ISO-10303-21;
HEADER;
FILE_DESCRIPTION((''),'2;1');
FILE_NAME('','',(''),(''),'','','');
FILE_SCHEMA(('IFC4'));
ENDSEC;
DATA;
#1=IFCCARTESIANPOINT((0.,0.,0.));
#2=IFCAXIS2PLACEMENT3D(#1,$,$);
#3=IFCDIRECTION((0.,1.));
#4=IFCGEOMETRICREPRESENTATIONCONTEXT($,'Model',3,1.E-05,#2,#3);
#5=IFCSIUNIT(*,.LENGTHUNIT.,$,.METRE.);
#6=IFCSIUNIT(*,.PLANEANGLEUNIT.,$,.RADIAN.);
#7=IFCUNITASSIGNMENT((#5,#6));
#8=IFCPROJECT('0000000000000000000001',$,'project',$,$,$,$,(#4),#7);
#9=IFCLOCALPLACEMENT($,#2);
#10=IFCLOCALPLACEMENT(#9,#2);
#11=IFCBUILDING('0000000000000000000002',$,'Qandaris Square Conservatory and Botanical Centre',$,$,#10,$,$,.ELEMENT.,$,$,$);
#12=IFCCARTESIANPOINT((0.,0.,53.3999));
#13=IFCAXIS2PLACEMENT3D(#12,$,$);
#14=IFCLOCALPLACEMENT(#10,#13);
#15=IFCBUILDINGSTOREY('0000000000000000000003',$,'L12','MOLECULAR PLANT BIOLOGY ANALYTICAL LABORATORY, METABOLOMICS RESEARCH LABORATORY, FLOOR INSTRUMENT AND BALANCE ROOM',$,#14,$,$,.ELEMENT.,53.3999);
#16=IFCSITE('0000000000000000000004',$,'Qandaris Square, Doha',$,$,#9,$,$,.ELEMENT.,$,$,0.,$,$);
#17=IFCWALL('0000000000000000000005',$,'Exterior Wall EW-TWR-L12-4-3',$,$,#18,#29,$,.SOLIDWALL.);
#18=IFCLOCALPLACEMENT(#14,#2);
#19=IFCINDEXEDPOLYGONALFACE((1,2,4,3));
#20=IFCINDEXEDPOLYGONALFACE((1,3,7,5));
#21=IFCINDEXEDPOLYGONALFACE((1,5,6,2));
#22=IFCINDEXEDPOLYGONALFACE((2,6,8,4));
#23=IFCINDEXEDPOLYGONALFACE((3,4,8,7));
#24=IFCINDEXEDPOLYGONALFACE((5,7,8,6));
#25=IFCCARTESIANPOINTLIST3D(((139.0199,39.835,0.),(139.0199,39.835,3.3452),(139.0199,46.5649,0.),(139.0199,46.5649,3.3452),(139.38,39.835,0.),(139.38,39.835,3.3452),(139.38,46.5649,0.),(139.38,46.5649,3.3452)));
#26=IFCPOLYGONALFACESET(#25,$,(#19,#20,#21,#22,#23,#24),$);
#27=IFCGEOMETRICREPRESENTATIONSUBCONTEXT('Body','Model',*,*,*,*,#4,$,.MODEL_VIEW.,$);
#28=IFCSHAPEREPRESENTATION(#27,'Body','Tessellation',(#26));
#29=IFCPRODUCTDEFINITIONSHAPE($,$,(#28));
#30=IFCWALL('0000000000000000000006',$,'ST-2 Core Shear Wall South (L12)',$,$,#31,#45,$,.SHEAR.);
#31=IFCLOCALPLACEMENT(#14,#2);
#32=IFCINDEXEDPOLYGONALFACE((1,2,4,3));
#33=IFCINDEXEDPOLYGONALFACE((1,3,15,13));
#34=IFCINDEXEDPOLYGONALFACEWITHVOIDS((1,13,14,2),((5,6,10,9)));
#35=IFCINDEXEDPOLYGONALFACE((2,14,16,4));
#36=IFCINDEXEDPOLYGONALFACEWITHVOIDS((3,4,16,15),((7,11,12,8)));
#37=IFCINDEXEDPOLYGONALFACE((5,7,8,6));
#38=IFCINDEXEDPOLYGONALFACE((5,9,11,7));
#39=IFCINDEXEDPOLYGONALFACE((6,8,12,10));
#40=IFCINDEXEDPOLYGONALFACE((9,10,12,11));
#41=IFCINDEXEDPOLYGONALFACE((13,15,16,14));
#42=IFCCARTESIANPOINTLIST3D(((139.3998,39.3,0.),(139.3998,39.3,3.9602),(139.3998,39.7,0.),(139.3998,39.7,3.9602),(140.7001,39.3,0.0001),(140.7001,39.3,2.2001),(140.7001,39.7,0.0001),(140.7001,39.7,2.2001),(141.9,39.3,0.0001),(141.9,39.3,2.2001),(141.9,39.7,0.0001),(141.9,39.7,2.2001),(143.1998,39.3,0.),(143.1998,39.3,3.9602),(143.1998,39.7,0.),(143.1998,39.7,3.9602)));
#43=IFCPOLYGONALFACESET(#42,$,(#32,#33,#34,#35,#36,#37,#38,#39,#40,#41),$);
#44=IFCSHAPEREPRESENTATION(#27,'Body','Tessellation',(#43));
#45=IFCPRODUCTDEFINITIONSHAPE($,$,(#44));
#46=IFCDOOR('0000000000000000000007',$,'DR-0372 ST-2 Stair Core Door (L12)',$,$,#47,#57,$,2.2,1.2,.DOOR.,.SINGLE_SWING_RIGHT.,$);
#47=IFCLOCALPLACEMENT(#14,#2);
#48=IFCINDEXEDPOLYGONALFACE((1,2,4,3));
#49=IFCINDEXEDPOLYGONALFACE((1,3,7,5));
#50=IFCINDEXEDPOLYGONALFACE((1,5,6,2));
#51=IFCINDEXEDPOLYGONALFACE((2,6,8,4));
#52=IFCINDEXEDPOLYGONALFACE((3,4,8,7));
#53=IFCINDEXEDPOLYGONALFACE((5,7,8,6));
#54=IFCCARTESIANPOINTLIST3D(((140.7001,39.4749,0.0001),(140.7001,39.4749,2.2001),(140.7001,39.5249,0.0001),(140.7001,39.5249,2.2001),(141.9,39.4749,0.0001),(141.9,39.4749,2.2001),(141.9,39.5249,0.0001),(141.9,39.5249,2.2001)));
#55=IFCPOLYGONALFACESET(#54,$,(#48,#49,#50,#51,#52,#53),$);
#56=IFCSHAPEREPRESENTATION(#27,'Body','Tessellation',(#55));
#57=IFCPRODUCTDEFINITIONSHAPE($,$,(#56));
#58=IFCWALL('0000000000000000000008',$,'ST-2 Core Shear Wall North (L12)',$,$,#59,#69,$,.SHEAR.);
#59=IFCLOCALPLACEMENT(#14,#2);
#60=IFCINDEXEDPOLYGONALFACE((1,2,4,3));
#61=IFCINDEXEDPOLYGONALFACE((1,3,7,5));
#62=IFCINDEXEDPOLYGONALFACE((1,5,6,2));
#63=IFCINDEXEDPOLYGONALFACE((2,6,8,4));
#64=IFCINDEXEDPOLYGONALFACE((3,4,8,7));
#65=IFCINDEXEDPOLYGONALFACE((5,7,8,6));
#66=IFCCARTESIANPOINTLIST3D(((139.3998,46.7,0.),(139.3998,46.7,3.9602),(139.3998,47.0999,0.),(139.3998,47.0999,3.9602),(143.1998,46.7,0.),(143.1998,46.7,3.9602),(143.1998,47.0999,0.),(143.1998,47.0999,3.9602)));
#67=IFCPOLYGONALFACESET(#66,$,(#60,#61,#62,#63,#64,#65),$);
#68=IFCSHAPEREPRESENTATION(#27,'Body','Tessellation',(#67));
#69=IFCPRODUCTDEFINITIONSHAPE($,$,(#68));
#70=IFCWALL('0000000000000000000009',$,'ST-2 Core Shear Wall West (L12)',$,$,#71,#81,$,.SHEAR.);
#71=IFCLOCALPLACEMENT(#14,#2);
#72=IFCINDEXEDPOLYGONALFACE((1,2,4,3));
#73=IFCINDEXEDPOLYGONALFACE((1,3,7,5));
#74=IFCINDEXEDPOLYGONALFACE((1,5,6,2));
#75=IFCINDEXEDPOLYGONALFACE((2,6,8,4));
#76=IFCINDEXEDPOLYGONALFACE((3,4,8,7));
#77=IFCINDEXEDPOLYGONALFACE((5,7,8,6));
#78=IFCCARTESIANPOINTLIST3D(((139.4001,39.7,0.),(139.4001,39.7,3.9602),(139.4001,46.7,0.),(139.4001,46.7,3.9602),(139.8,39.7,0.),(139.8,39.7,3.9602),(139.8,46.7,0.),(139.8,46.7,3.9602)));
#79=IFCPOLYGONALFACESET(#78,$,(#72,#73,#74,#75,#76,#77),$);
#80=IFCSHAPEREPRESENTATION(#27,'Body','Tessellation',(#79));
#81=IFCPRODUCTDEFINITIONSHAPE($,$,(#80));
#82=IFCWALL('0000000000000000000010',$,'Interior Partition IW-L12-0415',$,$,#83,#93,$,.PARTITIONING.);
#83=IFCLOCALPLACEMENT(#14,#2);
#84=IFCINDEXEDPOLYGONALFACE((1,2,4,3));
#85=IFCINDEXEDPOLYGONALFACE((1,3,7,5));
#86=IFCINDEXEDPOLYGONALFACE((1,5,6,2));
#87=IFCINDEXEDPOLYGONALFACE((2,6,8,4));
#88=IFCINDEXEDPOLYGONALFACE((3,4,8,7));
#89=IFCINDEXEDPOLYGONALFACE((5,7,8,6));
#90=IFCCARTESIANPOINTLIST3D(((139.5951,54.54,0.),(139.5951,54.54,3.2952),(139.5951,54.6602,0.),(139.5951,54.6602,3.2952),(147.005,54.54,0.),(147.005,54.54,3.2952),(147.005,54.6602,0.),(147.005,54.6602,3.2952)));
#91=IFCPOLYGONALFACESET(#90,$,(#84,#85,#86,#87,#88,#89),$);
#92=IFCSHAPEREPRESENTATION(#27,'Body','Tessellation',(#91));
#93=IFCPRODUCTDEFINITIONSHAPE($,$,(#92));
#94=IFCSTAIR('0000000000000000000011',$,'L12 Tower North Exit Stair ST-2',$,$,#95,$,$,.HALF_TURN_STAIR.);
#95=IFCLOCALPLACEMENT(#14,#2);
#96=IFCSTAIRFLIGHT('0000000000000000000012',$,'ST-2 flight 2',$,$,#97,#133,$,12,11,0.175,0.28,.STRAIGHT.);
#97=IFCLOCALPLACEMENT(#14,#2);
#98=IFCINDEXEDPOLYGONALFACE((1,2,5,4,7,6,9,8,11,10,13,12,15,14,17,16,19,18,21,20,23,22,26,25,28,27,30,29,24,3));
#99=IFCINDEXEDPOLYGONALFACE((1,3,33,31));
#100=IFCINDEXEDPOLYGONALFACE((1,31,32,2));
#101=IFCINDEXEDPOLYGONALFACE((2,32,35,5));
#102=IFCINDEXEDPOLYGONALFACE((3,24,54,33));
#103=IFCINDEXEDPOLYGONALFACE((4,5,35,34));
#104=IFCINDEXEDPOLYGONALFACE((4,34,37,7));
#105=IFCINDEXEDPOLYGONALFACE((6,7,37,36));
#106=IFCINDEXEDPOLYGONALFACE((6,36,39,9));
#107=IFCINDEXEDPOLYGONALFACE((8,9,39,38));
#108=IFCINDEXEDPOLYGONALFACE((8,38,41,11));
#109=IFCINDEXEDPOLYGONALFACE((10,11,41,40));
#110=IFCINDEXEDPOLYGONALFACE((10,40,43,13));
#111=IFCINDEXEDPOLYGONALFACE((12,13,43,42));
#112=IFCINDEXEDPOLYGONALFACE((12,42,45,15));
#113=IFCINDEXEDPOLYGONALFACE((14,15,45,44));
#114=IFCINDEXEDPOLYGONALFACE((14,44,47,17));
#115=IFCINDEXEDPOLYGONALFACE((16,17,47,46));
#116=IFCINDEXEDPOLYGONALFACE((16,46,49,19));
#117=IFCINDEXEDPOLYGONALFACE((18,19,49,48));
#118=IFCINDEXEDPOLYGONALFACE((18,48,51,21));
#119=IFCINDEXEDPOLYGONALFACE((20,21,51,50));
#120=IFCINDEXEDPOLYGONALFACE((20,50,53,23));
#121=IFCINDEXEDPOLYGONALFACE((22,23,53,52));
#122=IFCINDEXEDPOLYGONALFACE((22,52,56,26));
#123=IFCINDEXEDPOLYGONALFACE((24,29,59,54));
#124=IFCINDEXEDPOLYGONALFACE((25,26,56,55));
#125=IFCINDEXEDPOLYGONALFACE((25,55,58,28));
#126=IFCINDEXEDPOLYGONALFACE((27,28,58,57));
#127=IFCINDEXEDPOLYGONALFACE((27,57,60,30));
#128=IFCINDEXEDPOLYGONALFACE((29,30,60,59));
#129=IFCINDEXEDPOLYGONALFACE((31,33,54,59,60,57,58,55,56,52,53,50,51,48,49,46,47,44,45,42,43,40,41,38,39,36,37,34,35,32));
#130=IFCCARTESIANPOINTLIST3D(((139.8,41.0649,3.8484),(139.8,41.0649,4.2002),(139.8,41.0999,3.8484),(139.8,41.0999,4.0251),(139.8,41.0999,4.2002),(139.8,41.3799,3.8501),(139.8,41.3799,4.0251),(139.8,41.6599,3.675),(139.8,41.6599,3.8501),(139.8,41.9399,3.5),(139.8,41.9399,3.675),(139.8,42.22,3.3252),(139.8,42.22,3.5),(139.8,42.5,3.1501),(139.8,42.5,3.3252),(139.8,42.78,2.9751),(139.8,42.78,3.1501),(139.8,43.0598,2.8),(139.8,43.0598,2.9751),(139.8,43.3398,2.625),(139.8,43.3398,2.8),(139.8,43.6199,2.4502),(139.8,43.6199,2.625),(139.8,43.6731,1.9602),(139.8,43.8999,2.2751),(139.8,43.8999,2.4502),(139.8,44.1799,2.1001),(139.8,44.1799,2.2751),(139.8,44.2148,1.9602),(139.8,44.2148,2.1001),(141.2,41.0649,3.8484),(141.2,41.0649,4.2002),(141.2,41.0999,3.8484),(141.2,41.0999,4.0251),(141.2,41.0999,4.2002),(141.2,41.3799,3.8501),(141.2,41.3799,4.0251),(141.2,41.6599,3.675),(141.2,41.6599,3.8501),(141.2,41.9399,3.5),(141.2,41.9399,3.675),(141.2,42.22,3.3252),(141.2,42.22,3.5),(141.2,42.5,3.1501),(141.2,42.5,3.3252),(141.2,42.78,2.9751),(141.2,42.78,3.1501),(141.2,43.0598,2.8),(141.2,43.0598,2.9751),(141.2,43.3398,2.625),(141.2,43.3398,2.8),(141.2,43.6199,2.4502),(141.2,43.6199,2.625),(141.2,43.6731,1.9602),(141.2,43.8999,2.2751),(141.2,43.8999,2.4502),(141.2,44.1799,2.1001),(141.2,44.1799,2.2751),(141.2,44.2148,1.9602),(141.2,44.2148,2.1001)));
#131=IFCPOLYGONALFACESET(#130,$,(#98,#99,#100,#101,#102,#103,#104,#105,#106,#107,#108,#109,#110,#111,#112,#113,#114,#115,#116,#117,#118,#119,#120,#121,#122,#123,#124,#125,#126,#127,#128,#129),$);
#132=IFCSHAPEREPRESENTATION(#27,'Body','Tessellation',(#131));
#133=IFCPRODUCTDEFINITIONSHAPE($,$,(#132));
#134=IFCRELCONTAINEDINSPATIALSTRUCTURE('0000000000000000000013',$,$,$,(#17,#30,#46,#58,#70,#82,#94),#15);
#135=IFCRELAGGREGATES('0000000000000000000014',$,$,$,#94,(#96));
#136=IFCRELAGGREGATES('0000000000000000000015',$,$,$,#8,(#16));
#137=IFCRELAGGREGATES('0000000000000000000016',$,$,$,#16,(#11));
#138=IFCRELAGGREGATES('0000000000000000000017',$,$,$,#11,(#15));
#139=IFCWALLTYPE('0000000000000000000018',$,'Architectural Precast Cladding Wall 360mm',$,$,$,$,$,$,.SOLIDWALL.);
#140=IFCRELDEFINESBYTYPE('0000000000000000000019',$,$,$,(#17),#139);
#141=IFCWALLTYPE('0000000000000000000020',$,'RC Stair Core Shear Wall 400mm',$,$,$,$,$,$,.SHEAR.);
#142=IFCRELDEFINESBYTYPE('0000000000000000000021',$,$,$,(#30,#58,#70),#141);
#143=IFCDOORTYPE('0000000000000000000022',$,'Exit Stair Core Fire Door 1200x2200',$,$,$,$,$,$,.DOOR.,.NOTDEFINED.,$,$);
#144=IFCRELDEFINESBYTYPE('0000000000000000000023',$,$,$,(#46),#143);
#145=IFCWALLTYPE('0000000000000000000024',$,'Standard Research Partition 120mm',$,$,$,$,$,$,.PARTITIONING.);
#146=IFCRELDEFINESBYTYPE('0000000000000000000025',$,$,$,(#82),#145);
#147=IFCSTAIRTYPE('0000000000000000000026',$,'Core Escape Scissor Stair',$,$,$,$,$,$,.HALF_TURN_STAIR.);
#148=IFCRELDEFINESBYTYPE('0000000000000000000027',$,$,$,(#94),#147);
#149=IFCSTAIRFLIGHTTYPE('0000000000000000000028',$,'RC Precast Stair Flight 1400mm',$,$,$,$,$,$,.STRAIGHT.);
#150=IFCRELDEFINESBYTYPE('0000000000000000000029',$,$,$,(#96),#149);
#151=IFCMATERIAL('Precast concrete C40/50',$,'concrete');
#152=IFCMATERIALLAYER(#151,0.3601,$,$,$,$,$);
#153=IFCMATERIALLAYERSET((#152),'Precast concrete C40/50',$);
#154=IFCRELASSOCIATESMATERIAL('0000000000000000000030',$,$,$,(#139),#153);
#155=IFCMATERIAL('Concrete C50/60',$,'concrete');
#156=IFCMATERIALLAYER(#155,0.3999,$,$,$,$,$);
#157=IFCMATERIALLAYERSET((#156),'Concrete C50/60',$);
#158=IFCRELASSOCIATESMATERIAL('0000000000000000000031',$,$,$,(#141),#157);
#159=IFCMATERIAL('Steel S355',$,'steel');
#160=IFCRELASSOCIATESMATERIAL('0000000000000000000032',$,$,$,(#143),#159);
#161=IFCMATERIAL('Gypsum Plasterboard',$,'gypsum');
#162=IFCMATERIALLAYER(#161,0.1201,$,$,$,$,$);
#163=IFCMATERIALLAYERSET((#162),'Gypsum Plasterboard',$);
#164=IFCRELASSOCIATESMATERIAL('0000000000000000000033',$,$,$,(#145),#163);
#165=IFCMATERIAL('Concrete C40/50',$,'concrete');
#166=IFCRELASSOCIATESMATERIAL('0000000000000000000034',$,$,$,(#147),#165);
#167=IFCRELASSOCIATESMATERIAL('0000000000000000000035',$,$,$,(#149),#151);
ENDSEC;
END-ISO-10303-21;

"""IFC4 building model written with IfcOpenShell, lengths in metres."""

from ifc_helpers import new_model, si_unit, direction, frame, frame_2d, origin, place, context, subcontext, project, spatial, polyline, rectangle, outline, extrude, material, layer, layer_set, type_object, element, fill, aggregate, save


model = new_model("IFC4")

# Units and contexts
model_context = context("Model", 3, precision=1e-05, world=origin(), true_north=direction((0.0, 1.0)))
body_context = subcontext(model_context, "Body", "Model", "MODEL_VIEW")
ifc_project = project(units=[si_unit("LENGTHUNIT", "METRE"), si_unit("PLANEANGLEUNIT", "RADIAN")], contexts=[model_context])

# Site, building, storey
site_placement = place(None, origin())
site = spatial("IfcSite", under=ifc_project, at=site_placement, Name="Qandaris Square, Doha", CompositionType="ELEMENT", RefElevation=0.0)
building_placement = place(site_placement, origin())
building = spatial("IfcBuilding", under=site, at=building_placement, Name="Qandaris Square Conservatory and Botanical Centre", CompositionType="ELEMENT")
storey_placement = place(building_placement, frame((0.0, 0.0, 53.3999)))
storey = spatial("IfcBuildingStorey", under=building, at=storey_placement, Name="L12", Description="MOLECULAR PLANT BIOLOGY ANALYTICAL LABORATORY, METABOLOMICS RESEARCH LABORATORY, FLOOR INSTRUMENT AND BALANCE ROOM", CompositionType="ELEMENT", Elevation=53.3999)

# Shared definitions
ifc_material_1 = material(Name="Concrete C50/60", Category="concrete")

# Shared definitions
ifc_material_2 = material(Name="Steel S355", Category="steel")

# Shared definitions
ifc_material_3 = material(Name="Precast concrete C40/50", Category="concrete")
ifc_layer_1 = layer(ifc_material_3, 0.3601)
ifc_layer_set_1 = layer_set([ifc_layer_1], Name="Precast concrete C40/50")
wall_type_1 = type_object("IfcWallType", Name="Architectural Precast Cladding Wall 360mm", PredefinedType="SOLIDWALL", material=ifc_layer_set_1)

# Wall
wall_1_placement = place(storey_placement, frame((139.2, 46.5649, 0.0), z_axis=(0.0, 0.0, 1.0), x_axis=(0.0, -1.0, 0.0)))
element("IfcWall", 1, at=wall_1_placement, inside=storey, type_object=wall_type_1, Name="Exterior Wall EW-TWR-L12-4-3", PredefinedType="SOLIDWALL", context=body_context, shape_type="SweptSolid", body=[
    extrude(rectangle(XDim=6.73, YDim=0.3601, at=frame_2d((3.365, 0.0))), origin(), (0.0, 0.0, 1.0), 3.3452),
])

# Wall, opening, door
ifc_layer_2 = layer(ifc_material_1, 0.3999)
ifc_layer_set_2 = layer_set([ifc_layer_2], Name="Concrete C50/60")
wall_type_2 = type_object("IfcWallType", Name="RC Stair Core Shear Wall 400mm", PredefinedType="SHEAR", material=ifc_layer_set_2)
wall_2_placement = place(storey_placement, frame((139.3999, 39.5, 0.0), z_axis=(0.0, 0.0, 1.0), x_axis=(1.0, 0.0, 0.0)))
wall_2 = element("IfcWall", 2, at=wall_2_placement, inside=storey, type_object=wall_type_2, Name="ST-2 Core Shear Wall South (L12)", PredefinedType="SHEAR", context=body_context, shape_type="SweptSolid", body=[
    extrude(rectangle(XDim=3.8, YDim=0.3999, at=frame_2d((1.8999, 0.0))), origin(), (0.0, 0.0, 1.0), 3.9602),
])
opening_1_placement = place(wall_2_placement, frame((1.3, 0.0, 0.0)))
opening_1 = element("IfcOpeningElement", 3, at=opening_1_placement, cuts=wall_2, PredefinedType="OPENING", context=body_context, shape_type="SweptSolid", body=[
    extrude(rectangle(XDim=1.2, YDim=2.2, at=frame_2d((0.6001, 1.1001))), frame((0.0, 0.2119, 0.0), z_axis=(0.0, -1.0, 0.0), x_axis=(1.0, 0.0, 0.0)), (0.0, 0.0, 1.0), 0.4238),
])
door_type = type_object("IfcDoorType", Name="Exit Stair Core Fire Door 1200x2200", OperationType="NOTDEFINED", PredefinedType="DOOR", material=ifc_material_2)
door_placement = place(opening_1_placement, origin())
door = element("IfcDoor", 4, at=door_placement, inside=storey, type_object=door_type, Name="DR-0372 ST-2 Stair Core Door (L12)", OperationType="SINGLE_SWING_RIGHT", OverallHeight=2.2, OverallWidth=1.2, PredefinedType="DOOR", context=body_context, shape_type="SweptSolid", body=[
    extrude(rectangle(XDim=1.2, YDim=2.2, at=frame_2d((0.6001, 1.1001))), frame((0.0, 0.0249, 0.0), z_axis=(0.0, -1.0, 0.0), x_axis=(1.0, 0.0, 0.0)), (0.0, 0.0, 1.0), 0.05),
])
fill(opening_1, door)

# Walls
wall_3_placement = place(storey_placement, frame((139.3999, 46.8999, 0.0), z_axis=(0.0, 0.0, 1.0), x_axis=(1.0, 0.0, 0.0)))
element("IfcWall", 5, at=wall_3_placement, inside=storey, type_object=wall_type_2, Name="ST-2 Core Shear Wall North (L12)", PredefinedType="SHEAR", context=body_context, shape_type="SweptSolid", body=[
    extrude(rectangle(XDim=3.8, YDim=0.3999, at=frame_2d((1.8999, 0.0))), origin(), (0.0, 0.0, 1.0), 3.9602),
])
wall_4_placement = place(storey_placement, frame((139.6001, 39.7, 0.0), z_axis=(0.0, 0.0, 1.0), x_axis=(0.0, 1.0, 0.0)))
element("IfcWall", 6, at=wall_4_placement, inside=storey, type_object=wall_type_2, Name="ST-2 Core Shear Wall West (L12)", PredefinedType="SHEAR", context=body_context, shape_type="SweptSolid", body=[
    extrude(rectangle(XDim=7.0, YDim=0.3999, at=frame_2d((3.5, 0.0))), origin(), (0.0, 0.0, 1.0), 3.9602),
])
ifc_material_4 = material(Name="Gypsum Plasterboard", Category="gypsum")
ifc_layer_3 = layer(ifc_material_4, 0.1201)
ifc_layer_set_3 = layer_set([ifc_layer_3], Name="Gypsum Plasterboard")
wall_type_3 = type_object("IfcWallType", Name="Standard Research Partition 120mm", PredefinedType="PARTITIONING", material=ifc_layer_set_3)
wall_5_placement = place(storey_placement, frame((139.595, 54.6001, 0.0), z_axis=(0.0, 0.0, 1.0), x_axis=(1.0, 0.0, 0.0)))
element("IfcWall", 7, at=wall_5_placement, inside=storey, type_object=wall_type_3, Name="Interior Partition IW-L12-0415", PredefinedType="PARTITIONING", context=body_context, shape_type="SweptSolid", body=[
    extrude(rectangle(XDim=7.4099, YDim=0.1201, at=frame_2d((3.7051, 0.0))), origin(), (0.0, 0.0, 1.0), 3.2952),
])

# Stair, stair flight
ifc_material_5 = material(Name="Concrete C40/50", Category="concrete")
stair_type = type_object("IfcStairType", Name="Core Escape Scissor Stair", PredefinedType="HALF_TURN_STAIR", material=ifc_material_5)
stair_placement = place(storey_placement, origin())
stair = element("IfcStair", 8, at=stair_placement, inside=storey, type_object=stair_type, Name="L12 Tower North Exit Stair ST-2", PredefinedType="HALF_TURN_STAIR")
stair_flight_type = type_object("IfcStairFlightType", Name="RC Precast Stair Flight 1400mm", PredefinedType="STRAIGHT", material=ifc_material_3)
stair_flight_placement = place(storey_placement, frame((140.5, 44.1799, 2.1001), z_axis=(0.0, 0.0, 1.0), x_axis=(0.0, -1.0, 0.0)))
stair_flight = element("IfcStairFlight", 9, at=stair_flight_placement, type_object=stair_flight_type, Name="ST-2 flight 2", NumberOfRisers=12, NumberOfTreads=11, PredefinedType="STRAIGHT", RiserHeight=0.175, TreadLength=0.28, context=body_context, shape_type="SweptSolid", body=[
    extrude(outline(polyline([(-0.0349, 0.0), (0.0, 0.0), (0.0, 0.175), (0.28, 0.175), (0.28, 0.3501), (0.5601, 0.3501), (0.5601, 0.5249), (0.8401, 0.5249), (0.8401, 0.7), (1.1201, 0.7), (1.1201, 0.875), (1.3999, 0.875), (1.3999, 1.05), (1.6799, 1.05), (1.6799, 1.2251), (1.96, 1.2251), (1.96, 1.3999), (2.24, 1.3999), (2.24, 1.575), (2.52, 1.575), (2.52, 1.75), (2.8, 1.75), (2.8, 1.925), (3.0801, 1.925), (3.0801, 2.1001), (3.115, 2.1001), (3.115, 1.7483), (3.0801, 1.7483), (0.5068, -0.1399), (-0.0349, -0.1399), (-0.0349, 0.0)])), frame((0.0, 0.7, 0.0), z_axis=(0.0, -1.0, 0.0), x_axis=(1.0, 0.0, 0.0)), (0.0, 0.0, 1.0), 1.3999),
])
aggregate(stair, [stair_flight])

save(model, "model.ifc")
